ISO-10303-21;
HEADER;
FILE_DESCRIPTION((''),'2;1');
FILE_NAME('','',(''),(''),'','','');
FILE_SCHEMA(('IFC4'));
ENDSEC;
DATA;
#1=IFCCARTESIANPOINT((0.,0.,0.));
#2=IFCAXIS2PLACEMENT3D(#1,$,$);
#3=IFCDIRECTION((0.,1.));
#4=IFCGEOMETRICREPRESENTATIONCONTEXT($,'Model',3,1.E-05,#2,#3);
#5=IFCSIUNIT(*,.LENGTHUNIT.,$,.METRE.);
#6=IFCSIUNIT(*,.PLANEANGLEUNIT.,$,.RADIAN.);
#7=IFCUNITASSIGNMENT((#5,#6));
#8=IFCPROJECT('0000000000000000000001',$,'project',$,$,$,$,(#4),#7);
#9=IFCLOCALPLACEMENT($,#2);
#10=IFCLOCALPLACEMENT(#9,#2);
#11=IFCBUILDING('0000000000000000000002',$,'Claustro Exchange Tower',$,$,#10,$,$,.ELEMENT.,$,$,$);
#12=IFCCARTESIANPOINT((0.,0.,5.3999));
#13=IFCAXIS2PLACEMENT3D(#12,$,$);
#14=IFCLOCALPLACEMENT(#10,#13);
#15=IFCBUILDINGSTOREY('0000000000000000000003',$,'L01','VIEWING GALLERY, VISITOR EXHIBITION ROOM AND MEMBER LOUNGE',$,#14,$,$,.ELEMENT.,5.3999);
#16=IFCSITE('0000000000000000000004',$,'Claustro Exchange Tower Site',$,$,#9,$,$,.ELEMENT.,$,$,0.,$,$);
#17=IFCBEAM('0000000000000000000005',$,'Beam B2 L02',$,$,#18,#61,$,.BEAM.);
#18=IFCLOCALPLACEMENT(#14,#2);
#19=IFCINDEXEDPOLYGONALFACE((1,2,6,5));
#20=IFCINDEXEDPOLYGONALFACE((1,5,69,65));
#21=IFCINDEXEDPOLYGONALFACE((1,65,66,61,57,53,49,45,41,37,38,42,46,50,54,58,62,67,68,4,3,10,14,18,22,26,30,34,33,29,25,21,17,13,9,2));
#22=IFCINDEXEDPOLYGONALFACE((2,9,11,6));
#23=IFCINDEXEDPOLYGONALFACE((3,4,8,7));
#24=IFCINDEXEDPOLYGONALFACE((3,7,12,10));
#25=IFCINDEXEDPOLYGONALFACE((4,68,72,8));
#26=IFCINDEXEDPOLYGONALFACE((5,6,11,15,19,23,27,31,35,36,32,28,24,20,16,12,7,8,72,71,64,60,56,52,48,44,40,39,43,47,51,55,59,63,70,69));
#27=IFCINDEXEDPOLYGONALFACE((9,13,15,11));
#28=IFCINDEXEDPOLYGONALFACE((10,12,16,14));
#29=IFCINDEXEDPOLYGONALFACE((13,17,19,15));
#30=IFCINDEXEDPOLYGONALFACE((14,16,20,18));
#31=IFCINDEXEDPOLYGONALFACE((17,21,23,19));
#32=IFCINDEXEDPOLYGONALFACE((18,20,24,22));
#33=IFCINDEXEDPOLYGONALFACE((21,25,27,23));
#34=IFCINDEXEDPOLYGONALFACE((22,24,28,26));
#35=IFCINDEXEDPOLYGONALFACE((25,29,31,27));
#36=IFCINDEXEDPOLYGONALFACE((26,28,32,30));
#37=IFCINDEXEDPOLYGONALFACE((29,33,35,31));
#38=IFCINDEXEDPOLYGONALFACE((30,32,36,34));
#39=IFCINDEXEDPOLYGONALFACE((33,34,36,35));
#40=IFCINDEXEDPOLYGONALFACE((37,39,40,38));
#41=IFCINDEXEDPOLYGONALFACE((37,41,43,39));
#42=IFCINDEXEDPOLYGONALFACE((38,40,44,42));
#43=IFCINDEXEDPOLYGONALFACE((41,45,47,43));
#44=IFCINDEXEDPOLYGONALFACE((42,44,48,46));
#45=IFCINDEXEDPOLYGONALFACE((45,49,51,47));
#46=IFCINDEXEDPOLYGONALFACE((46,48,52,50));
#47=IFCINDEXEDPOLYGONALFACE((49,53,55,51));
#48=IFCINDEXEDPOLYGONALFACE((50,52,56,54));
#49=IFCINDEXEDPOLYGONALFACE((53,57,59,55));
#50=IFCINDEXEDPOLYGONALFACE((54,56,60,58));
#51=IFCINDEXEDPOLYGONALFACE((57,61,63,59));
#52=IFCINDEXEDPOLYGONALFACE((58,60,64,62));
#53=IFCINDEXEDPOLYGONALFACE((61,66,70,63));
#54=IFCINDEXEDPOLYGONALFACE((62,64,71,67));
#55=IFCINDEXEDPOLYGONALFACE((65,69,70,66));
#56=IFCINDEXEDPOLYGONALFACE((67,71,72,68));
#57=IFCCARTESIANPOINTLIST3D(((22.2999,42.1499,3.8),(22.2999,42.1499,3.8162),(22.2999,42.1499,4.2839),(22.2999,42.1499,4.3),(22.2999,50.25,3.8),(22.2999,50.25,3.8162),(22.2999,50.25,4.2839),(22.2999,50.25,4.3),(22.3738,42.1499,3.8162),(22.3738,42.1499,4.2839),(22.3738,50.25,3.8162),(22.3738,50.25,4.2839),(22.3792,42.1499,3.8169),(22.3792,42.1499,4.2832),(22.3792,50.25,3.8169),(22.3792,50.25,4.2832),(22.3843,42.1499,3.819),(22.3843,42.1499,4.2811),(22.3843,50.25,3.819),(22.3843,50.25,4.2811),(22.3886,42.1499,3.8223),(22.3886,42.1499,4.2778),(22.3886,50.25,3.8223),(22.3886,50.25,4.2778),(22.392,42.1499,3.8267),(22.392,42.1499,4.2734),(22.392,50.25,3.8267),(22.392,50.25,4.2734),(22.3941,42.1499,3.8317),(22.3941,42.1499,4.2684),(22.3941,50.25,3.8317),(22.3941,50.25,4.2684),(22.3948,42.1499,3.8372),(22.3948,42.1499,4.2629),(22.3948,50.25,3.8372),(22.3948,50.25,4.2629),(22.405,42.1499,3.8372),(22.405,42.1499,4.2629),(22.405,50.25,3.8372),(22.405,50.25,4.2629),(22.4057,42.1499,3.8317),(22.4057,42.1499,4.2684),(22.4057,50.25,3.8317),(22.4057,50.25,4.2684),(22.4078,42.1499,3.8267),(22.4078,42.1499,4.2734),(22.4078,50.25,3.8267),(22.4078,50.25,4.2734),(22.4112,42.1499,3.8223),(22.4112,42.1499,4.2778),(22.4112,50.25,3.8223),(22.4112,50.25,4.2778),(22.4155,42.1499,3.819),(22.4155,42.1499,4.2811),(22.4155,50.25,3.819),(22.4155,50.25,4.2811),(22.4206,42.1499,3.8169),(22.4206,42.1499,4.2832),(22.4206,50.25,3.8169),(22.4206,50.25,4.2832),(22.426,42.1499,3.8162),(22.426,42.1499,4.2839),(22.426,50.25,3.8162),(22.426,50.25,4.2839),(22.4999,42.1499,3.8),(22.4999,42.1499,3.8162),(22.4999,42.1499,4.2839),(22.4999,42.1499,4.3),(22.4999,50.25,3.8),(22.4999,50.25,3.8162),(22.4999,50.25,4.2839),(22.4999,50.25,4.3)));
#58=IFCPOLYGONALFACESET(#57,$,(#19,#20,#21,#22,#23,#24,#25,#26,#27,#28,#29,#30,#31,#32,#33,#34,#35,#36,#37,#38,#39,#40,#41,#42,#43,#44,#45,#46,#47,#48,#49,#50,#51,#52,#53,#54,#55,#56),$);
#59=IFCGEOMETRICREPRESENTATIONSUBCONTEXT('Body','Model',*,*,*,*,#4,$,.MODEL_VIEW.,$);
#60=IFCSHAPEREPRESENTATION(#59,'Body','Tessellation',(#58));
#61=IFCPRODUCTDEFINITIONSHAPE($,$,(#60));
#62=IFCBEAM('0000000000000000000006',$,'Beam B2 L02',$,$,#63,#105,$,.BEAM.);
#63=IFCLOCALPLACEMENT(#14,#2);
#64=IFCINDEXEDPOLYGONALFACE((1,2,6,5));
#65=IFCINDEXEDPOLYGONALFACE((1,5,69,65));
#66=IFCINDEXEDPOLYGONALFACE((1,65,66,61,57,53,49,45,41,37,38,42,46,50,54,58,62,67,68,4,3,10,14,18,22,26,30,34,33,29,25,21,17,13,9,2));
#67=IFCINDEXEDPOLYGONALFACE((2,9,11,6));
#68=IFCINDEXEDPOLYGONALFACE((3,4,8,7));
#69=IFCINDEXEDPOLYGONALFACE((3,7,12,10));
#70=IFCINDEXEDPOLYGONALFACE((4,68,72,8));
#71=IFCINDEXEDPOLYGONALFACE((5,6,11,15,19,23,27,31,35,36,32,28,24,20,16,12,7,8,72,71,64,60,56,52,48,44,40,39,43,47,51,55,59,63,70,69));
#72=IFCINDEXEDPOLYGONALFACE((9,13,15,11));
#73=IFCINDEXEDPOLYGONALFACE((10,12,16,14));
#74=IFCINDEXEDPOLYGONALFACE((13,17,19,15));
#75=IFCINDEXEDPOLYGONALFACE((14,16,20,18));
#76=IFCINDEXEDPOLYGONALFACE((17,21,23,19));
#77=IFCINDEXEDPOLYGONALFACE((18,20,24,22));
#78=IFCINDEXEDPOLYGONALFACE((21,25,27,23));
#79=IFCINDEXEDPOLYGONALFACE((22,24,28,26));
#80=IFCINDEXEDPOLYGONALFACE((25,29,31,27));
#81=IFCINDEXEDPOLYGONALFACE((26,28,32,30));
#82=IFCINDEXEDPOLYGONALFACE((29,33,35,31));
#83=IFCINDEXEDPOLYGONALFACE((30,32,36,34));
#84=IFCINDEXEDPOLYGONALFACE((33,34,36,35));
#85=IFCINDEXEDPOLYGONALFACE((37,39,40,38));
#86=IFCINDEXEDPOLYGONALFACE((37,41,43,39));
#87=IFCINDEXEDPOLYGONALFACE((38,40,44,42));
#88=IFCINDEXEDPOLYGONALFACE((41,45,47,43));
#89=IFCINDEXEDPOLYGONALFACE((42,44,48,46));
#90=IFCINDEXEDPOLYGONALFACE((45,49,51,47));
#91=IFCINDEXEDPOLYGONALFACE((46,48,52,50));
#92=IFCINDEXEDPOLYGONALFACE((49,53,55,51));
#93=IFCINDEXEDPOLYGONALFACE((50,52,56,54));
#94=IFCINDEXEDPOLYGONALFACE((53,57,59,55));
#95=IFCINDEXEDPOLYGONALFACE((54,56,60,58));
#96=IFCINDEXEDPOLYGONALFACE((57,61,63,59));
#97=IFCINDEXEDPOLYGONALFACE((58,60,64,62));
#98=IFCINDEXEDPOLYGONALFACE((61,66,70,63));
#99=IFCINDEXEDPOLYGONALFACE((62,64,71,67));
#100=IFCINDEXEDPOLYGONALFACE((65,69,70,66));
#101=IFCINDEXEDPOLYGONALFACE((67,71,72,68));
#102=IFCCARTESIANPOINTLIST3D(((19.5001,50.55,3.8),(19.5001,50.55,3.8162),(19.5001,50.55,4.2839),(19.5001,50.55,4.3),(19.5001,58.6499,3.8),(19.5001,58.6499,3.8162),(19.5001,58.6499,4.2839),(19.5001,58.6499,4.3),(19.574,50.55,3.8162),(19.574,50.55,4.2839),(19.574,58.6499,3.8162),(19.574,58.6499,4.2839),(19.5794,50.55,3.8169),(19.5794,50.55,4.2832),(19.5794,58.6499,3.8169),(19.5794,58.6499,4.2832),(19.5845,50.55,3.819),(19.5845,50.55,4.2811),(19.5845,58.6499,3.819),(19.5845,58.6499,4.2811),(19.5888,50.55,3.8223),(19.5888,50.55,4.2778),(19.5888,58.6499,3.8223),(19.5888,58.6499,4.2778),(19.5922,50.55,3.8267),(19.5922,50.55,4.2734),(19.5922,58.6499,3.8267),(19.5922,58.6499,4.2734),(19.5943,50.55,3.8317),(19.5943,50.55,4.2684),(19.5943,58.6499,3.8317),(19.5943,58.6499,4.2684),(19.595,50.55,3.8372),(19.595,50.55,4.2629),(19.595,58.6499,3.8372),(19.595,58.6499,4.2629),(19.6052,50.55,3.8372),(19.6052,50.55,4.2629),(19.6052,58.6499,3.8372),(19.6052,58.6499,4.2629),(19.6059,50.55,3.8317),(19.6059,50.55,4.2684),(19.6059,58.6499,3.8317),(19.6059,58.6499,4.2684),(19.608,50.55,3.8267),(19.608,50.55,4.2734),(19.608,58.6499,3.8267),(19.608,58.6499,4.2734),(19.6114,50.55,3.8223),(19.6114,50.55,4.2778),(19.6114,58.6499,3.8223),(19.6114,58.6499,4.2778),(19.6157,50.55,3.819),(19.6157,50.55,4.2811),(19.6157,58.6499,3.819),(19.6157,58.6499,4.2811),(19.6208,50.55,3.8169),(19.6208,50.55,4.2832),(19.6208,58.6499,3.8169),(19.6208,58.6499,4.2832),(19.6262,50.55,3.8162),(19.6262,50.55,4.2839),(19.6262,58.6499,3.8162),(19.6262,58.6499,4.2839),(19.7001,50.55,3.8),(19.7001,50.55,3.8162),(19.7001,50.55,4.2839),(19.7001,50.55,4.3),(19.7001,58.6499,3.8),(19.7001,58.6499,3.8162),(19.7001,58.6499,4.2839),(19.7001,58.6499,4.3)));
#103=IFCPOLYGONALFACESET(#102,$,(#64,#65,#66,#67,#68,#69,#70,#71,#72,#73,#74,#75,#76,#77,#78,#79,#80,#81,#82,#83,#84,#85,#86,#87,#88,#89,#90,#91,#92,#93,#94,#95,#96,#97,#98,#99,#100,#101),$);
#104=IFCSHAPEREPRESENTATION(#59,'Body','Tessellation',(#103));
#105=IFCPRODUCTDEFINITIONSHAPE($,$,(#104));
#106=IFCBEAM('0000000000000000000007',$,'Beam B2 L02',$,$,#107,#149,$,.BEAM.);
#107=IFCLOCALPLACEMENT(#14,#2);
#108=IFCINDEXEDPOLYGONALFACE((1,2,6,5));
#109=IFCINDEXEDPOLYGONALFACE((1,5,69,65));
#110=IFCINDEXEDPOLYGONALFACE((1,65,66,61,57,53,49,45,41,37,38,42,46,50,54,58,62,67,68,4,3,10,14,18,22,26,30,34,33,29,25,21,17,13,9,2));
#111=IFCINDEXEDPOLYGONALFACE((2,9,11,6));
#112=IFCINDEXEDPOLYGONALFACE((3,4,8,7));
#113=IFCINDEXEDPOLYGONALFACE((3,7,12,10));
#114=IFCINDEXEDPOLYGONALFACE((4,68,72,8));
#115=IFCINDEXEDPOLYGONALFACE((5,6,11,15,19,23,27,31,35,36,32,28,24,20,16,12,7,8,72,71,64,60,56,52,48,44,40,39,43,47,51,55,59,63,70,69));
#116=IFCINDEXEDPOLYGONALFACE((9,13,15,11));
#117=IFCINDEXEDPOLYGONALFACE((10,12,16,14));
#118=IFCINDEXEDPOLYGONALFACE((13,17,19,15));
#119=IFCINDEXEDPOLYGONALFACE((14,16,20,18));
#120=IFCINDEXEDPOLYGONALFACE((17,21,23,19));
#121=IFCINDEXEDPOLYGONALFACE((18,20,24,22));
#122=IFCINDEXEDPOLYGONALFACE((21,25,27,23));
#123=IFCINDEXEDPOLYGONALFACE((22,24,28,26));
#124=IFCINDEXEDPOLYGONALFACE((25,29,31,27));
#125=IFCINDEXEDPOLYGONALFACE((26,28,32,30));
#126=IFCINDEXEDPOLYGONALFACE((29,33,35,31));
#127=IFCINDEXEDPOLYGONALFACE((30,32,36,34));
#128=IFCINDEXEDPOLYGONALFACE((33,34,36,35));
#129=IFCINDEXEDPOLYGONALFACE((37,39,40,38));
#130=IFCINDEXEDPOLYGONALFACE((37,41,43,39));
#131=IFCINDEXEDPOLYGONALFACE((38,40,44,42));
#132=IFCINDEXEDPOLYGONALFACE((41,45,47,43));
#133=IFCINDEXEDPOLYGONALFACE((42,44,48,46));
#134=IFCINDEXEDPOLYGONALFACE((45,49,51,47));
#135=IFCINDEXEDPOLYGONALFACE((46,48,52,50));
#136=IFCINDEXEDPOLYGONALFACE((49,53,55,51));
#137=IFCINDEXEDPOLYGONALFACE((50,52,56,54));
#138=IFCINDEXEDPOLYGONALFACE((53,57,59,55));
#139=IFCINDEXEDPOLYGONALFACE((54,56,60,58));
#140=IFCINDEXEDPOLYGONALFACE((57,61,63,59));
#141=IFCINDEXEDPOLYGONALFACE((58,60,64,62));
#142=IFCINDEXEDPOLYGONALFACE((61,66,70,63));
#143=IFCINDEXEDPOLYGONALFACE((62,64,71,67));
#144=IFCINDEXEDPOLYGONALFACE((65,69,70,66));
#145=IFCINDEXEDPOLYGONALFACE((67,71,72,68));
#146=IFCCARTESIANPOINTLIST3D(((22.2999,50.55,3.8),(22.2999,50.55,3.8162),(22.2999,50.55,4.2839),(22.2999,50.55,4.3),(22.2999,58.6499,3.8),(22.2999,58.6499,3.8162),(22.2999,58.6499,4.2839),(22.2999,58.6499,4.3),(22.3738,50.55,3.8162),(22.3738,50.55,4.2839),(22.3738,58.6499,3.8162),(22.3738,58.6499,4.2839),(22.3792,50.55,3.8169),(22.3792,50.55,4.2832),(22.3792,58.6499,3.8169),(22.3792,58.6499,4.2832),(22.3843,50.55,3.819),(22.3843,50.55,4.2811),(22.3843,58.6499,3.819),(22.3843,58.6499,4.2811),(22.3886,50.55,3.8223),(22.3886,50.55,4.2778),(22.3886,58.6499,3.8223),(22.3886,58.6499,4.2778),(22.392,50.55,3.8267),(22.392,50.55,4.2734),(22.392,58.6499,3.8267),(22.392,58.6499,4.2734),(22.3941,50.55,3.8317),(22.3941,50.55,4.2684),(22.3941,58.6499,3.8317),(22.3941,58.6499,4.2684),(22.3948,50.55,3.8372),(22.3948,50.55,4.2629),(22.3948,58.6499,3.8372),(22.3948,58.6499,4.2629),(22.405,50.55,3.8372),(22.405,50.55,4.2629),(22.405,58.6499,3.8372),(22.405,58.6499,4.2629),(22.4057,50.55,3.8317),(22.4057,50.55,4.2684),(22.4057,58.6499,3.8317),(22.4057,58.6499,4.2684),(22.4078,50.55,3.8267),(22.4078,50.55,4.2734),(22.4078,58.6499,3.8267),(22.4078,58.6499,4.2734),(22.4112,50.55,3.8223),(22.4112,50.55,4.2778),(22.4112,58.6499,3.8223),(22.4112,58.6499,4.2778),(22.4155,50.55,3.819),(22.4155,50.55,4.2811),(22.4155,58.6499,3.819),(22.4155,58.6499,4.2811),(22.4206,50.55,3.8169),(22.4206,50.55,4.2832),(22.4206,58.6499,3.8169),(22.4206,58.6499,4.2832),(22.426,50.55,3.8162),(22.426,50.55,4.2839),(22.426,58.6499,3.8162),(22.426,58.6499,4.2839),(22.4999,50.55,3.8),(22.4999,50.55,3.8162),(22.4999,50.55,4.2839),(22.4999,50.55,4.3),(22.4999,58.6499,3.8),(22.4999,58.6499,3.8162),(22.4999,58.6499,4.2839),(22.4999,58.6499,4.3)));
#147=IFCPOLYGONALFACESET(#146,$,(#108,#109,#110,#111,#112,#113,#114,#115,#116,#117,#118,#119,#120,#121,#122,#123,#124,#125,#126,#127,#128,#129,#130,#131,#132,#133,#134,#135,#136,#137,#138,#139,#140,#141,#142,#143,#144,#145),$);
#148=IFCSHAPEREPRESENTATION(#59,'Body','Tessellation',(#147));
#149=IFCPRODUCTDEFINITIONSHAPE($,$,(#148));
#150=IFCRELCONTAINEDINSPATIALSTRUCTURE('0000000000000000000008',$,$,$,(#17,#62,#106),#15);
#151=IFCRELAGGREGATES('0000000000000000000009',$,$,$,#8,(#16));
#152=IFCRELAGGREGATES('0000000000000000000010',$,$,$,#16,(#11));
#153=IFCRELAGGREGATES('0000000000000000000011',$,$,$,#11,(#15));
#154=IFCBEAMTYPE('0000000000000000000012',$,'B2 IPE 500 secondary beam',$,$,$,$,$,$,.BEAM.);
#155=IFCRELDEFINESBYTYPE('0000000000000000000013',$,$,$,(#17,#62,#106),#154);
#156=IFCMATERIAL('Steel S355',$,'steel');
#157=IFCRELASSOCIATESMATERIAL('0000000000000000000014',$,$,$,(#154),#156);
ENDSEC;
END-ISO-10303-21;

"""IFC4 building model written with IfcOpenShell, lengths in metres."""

from ifc_helpers import new_model, si_unit, direction, frame, origin, origin_2d, place, context, subcontext, project, spatial, i_section, extrude, material, material_profile, profile_set, type_object, element, save


model = new_model("IFC4")

# Units and contexts
model_context = context("Model", 3, precision=1e-05, world=origin(), true_north=direction((0.0, 1.0)))
body_context = subcontext(model_context, "Body", "Model", "MODEL_VIEW")
ifc_project = project(units=[si_unit("LENGTHUNIT", "METRE"), si_unit("PLANEANGLEUNIT", "RADIAN")], contexts=[model_context])

# Site, building, storey
site_placement = place(None, origin())
site = spatial("IfcSite", under=ifc_project, at=site_placement, Name="Claustro Exchange Tower Site", CompositionType="ELEMENT", RefElevation=0.0)
building_placement = place(site_placement, origin())
building = spatial("IfcBuilding", under=site, at=building_placement, Name="Claustro Exchange Tower", CompositionType="ELEMENT")
storey_placement = place(building_placement, frame((0.0, 0.0, 5.3999)))
storey = spatial("IfcBuildingStorey", under=building, at=storey_placement, Name="L01", Description="VIEWING GALLERY, VISITOR EXHIBITION ROOM AND MEMBER LOUNGE", CompositionType="ELEMENT", Elevation=5.3999)

# Beams
ifc_material_1 = material(Name="Steel S355", Category="steel")
ifc_material_profile_1 = material_profile(ifc_material_1, i_section(OverallWidth=0.2, OverallDepth=0.5, WebThickness=0.0103, FlangeThickness=0.0161, FilletRadius=0.021, at=origin_2d()), Name="IPE 500")
ifc_profile_set_1 = profile_set([ifc_material_profile_1], Name="Steel S355")
beam_type_1 = type_object("IfcBeamType", Name="B2 IPE 500 secondary beam", PredefinedType="BEAM", material=ifc_profile_set_1)
for number, where, z_axis, x_axis, name in (
    (1, (22.3999, 42.1499, 4.05), (0.0, 1.0, 0.0), (-1.0, 0.0, 0.0), "Beam B2 L02"),
):
    element("IfcBeam", number, at=place(storey_placement, frame(where, z_axis=z_axis, x_axis=x_axis)), inside=storey, type_object=beam_type_1, Name=name, PredefinedType="BEAM", context=body_context, shape_type="SweptSolid", body=[
        extrude(i_section(OverallWidth=0.2, OverallDepth=0.5, WebThickness=0.0103, FlangeThickness=0.0161, FilletRadius=0.021, at=origin_2d()), origin(), (0.0, 0.0, 1.0), 8.1001),
    ])
for number, where, z_axis, x_axis, name in (
    (2, (19.6001, 50.55, 4.05), (0.0, 1.0, 0.0), (-1.0, 0.0, 0.0), "Beam B2 L02"),
    (3, (22.3999, 50.55, 4.05), (0.0, 1.0, 0.0), (-1.0, 0.0, 0.0), "Beam B2 L02"),
):
    element("IfcBeam", number, at=place(storey_placement, frame(where, z_axis=z_axis, x_axis=x_axis)), inside=storey, type_object=beam_type_1, Name=name, PredefinedType="BEAM", context=body_context, shape_type="SweptSolid", body=[
        extrude(i_section(OverallWidth=0.2, OverallDepth=0.5, WebThickness=0.0103, FlangeThickness=0.0161, FilletRadius=0.021, at=origin_2d()), origin(), (0.0, 0.0, 1.0), 8.0999),
    ])

save(model, "model.ifc")
